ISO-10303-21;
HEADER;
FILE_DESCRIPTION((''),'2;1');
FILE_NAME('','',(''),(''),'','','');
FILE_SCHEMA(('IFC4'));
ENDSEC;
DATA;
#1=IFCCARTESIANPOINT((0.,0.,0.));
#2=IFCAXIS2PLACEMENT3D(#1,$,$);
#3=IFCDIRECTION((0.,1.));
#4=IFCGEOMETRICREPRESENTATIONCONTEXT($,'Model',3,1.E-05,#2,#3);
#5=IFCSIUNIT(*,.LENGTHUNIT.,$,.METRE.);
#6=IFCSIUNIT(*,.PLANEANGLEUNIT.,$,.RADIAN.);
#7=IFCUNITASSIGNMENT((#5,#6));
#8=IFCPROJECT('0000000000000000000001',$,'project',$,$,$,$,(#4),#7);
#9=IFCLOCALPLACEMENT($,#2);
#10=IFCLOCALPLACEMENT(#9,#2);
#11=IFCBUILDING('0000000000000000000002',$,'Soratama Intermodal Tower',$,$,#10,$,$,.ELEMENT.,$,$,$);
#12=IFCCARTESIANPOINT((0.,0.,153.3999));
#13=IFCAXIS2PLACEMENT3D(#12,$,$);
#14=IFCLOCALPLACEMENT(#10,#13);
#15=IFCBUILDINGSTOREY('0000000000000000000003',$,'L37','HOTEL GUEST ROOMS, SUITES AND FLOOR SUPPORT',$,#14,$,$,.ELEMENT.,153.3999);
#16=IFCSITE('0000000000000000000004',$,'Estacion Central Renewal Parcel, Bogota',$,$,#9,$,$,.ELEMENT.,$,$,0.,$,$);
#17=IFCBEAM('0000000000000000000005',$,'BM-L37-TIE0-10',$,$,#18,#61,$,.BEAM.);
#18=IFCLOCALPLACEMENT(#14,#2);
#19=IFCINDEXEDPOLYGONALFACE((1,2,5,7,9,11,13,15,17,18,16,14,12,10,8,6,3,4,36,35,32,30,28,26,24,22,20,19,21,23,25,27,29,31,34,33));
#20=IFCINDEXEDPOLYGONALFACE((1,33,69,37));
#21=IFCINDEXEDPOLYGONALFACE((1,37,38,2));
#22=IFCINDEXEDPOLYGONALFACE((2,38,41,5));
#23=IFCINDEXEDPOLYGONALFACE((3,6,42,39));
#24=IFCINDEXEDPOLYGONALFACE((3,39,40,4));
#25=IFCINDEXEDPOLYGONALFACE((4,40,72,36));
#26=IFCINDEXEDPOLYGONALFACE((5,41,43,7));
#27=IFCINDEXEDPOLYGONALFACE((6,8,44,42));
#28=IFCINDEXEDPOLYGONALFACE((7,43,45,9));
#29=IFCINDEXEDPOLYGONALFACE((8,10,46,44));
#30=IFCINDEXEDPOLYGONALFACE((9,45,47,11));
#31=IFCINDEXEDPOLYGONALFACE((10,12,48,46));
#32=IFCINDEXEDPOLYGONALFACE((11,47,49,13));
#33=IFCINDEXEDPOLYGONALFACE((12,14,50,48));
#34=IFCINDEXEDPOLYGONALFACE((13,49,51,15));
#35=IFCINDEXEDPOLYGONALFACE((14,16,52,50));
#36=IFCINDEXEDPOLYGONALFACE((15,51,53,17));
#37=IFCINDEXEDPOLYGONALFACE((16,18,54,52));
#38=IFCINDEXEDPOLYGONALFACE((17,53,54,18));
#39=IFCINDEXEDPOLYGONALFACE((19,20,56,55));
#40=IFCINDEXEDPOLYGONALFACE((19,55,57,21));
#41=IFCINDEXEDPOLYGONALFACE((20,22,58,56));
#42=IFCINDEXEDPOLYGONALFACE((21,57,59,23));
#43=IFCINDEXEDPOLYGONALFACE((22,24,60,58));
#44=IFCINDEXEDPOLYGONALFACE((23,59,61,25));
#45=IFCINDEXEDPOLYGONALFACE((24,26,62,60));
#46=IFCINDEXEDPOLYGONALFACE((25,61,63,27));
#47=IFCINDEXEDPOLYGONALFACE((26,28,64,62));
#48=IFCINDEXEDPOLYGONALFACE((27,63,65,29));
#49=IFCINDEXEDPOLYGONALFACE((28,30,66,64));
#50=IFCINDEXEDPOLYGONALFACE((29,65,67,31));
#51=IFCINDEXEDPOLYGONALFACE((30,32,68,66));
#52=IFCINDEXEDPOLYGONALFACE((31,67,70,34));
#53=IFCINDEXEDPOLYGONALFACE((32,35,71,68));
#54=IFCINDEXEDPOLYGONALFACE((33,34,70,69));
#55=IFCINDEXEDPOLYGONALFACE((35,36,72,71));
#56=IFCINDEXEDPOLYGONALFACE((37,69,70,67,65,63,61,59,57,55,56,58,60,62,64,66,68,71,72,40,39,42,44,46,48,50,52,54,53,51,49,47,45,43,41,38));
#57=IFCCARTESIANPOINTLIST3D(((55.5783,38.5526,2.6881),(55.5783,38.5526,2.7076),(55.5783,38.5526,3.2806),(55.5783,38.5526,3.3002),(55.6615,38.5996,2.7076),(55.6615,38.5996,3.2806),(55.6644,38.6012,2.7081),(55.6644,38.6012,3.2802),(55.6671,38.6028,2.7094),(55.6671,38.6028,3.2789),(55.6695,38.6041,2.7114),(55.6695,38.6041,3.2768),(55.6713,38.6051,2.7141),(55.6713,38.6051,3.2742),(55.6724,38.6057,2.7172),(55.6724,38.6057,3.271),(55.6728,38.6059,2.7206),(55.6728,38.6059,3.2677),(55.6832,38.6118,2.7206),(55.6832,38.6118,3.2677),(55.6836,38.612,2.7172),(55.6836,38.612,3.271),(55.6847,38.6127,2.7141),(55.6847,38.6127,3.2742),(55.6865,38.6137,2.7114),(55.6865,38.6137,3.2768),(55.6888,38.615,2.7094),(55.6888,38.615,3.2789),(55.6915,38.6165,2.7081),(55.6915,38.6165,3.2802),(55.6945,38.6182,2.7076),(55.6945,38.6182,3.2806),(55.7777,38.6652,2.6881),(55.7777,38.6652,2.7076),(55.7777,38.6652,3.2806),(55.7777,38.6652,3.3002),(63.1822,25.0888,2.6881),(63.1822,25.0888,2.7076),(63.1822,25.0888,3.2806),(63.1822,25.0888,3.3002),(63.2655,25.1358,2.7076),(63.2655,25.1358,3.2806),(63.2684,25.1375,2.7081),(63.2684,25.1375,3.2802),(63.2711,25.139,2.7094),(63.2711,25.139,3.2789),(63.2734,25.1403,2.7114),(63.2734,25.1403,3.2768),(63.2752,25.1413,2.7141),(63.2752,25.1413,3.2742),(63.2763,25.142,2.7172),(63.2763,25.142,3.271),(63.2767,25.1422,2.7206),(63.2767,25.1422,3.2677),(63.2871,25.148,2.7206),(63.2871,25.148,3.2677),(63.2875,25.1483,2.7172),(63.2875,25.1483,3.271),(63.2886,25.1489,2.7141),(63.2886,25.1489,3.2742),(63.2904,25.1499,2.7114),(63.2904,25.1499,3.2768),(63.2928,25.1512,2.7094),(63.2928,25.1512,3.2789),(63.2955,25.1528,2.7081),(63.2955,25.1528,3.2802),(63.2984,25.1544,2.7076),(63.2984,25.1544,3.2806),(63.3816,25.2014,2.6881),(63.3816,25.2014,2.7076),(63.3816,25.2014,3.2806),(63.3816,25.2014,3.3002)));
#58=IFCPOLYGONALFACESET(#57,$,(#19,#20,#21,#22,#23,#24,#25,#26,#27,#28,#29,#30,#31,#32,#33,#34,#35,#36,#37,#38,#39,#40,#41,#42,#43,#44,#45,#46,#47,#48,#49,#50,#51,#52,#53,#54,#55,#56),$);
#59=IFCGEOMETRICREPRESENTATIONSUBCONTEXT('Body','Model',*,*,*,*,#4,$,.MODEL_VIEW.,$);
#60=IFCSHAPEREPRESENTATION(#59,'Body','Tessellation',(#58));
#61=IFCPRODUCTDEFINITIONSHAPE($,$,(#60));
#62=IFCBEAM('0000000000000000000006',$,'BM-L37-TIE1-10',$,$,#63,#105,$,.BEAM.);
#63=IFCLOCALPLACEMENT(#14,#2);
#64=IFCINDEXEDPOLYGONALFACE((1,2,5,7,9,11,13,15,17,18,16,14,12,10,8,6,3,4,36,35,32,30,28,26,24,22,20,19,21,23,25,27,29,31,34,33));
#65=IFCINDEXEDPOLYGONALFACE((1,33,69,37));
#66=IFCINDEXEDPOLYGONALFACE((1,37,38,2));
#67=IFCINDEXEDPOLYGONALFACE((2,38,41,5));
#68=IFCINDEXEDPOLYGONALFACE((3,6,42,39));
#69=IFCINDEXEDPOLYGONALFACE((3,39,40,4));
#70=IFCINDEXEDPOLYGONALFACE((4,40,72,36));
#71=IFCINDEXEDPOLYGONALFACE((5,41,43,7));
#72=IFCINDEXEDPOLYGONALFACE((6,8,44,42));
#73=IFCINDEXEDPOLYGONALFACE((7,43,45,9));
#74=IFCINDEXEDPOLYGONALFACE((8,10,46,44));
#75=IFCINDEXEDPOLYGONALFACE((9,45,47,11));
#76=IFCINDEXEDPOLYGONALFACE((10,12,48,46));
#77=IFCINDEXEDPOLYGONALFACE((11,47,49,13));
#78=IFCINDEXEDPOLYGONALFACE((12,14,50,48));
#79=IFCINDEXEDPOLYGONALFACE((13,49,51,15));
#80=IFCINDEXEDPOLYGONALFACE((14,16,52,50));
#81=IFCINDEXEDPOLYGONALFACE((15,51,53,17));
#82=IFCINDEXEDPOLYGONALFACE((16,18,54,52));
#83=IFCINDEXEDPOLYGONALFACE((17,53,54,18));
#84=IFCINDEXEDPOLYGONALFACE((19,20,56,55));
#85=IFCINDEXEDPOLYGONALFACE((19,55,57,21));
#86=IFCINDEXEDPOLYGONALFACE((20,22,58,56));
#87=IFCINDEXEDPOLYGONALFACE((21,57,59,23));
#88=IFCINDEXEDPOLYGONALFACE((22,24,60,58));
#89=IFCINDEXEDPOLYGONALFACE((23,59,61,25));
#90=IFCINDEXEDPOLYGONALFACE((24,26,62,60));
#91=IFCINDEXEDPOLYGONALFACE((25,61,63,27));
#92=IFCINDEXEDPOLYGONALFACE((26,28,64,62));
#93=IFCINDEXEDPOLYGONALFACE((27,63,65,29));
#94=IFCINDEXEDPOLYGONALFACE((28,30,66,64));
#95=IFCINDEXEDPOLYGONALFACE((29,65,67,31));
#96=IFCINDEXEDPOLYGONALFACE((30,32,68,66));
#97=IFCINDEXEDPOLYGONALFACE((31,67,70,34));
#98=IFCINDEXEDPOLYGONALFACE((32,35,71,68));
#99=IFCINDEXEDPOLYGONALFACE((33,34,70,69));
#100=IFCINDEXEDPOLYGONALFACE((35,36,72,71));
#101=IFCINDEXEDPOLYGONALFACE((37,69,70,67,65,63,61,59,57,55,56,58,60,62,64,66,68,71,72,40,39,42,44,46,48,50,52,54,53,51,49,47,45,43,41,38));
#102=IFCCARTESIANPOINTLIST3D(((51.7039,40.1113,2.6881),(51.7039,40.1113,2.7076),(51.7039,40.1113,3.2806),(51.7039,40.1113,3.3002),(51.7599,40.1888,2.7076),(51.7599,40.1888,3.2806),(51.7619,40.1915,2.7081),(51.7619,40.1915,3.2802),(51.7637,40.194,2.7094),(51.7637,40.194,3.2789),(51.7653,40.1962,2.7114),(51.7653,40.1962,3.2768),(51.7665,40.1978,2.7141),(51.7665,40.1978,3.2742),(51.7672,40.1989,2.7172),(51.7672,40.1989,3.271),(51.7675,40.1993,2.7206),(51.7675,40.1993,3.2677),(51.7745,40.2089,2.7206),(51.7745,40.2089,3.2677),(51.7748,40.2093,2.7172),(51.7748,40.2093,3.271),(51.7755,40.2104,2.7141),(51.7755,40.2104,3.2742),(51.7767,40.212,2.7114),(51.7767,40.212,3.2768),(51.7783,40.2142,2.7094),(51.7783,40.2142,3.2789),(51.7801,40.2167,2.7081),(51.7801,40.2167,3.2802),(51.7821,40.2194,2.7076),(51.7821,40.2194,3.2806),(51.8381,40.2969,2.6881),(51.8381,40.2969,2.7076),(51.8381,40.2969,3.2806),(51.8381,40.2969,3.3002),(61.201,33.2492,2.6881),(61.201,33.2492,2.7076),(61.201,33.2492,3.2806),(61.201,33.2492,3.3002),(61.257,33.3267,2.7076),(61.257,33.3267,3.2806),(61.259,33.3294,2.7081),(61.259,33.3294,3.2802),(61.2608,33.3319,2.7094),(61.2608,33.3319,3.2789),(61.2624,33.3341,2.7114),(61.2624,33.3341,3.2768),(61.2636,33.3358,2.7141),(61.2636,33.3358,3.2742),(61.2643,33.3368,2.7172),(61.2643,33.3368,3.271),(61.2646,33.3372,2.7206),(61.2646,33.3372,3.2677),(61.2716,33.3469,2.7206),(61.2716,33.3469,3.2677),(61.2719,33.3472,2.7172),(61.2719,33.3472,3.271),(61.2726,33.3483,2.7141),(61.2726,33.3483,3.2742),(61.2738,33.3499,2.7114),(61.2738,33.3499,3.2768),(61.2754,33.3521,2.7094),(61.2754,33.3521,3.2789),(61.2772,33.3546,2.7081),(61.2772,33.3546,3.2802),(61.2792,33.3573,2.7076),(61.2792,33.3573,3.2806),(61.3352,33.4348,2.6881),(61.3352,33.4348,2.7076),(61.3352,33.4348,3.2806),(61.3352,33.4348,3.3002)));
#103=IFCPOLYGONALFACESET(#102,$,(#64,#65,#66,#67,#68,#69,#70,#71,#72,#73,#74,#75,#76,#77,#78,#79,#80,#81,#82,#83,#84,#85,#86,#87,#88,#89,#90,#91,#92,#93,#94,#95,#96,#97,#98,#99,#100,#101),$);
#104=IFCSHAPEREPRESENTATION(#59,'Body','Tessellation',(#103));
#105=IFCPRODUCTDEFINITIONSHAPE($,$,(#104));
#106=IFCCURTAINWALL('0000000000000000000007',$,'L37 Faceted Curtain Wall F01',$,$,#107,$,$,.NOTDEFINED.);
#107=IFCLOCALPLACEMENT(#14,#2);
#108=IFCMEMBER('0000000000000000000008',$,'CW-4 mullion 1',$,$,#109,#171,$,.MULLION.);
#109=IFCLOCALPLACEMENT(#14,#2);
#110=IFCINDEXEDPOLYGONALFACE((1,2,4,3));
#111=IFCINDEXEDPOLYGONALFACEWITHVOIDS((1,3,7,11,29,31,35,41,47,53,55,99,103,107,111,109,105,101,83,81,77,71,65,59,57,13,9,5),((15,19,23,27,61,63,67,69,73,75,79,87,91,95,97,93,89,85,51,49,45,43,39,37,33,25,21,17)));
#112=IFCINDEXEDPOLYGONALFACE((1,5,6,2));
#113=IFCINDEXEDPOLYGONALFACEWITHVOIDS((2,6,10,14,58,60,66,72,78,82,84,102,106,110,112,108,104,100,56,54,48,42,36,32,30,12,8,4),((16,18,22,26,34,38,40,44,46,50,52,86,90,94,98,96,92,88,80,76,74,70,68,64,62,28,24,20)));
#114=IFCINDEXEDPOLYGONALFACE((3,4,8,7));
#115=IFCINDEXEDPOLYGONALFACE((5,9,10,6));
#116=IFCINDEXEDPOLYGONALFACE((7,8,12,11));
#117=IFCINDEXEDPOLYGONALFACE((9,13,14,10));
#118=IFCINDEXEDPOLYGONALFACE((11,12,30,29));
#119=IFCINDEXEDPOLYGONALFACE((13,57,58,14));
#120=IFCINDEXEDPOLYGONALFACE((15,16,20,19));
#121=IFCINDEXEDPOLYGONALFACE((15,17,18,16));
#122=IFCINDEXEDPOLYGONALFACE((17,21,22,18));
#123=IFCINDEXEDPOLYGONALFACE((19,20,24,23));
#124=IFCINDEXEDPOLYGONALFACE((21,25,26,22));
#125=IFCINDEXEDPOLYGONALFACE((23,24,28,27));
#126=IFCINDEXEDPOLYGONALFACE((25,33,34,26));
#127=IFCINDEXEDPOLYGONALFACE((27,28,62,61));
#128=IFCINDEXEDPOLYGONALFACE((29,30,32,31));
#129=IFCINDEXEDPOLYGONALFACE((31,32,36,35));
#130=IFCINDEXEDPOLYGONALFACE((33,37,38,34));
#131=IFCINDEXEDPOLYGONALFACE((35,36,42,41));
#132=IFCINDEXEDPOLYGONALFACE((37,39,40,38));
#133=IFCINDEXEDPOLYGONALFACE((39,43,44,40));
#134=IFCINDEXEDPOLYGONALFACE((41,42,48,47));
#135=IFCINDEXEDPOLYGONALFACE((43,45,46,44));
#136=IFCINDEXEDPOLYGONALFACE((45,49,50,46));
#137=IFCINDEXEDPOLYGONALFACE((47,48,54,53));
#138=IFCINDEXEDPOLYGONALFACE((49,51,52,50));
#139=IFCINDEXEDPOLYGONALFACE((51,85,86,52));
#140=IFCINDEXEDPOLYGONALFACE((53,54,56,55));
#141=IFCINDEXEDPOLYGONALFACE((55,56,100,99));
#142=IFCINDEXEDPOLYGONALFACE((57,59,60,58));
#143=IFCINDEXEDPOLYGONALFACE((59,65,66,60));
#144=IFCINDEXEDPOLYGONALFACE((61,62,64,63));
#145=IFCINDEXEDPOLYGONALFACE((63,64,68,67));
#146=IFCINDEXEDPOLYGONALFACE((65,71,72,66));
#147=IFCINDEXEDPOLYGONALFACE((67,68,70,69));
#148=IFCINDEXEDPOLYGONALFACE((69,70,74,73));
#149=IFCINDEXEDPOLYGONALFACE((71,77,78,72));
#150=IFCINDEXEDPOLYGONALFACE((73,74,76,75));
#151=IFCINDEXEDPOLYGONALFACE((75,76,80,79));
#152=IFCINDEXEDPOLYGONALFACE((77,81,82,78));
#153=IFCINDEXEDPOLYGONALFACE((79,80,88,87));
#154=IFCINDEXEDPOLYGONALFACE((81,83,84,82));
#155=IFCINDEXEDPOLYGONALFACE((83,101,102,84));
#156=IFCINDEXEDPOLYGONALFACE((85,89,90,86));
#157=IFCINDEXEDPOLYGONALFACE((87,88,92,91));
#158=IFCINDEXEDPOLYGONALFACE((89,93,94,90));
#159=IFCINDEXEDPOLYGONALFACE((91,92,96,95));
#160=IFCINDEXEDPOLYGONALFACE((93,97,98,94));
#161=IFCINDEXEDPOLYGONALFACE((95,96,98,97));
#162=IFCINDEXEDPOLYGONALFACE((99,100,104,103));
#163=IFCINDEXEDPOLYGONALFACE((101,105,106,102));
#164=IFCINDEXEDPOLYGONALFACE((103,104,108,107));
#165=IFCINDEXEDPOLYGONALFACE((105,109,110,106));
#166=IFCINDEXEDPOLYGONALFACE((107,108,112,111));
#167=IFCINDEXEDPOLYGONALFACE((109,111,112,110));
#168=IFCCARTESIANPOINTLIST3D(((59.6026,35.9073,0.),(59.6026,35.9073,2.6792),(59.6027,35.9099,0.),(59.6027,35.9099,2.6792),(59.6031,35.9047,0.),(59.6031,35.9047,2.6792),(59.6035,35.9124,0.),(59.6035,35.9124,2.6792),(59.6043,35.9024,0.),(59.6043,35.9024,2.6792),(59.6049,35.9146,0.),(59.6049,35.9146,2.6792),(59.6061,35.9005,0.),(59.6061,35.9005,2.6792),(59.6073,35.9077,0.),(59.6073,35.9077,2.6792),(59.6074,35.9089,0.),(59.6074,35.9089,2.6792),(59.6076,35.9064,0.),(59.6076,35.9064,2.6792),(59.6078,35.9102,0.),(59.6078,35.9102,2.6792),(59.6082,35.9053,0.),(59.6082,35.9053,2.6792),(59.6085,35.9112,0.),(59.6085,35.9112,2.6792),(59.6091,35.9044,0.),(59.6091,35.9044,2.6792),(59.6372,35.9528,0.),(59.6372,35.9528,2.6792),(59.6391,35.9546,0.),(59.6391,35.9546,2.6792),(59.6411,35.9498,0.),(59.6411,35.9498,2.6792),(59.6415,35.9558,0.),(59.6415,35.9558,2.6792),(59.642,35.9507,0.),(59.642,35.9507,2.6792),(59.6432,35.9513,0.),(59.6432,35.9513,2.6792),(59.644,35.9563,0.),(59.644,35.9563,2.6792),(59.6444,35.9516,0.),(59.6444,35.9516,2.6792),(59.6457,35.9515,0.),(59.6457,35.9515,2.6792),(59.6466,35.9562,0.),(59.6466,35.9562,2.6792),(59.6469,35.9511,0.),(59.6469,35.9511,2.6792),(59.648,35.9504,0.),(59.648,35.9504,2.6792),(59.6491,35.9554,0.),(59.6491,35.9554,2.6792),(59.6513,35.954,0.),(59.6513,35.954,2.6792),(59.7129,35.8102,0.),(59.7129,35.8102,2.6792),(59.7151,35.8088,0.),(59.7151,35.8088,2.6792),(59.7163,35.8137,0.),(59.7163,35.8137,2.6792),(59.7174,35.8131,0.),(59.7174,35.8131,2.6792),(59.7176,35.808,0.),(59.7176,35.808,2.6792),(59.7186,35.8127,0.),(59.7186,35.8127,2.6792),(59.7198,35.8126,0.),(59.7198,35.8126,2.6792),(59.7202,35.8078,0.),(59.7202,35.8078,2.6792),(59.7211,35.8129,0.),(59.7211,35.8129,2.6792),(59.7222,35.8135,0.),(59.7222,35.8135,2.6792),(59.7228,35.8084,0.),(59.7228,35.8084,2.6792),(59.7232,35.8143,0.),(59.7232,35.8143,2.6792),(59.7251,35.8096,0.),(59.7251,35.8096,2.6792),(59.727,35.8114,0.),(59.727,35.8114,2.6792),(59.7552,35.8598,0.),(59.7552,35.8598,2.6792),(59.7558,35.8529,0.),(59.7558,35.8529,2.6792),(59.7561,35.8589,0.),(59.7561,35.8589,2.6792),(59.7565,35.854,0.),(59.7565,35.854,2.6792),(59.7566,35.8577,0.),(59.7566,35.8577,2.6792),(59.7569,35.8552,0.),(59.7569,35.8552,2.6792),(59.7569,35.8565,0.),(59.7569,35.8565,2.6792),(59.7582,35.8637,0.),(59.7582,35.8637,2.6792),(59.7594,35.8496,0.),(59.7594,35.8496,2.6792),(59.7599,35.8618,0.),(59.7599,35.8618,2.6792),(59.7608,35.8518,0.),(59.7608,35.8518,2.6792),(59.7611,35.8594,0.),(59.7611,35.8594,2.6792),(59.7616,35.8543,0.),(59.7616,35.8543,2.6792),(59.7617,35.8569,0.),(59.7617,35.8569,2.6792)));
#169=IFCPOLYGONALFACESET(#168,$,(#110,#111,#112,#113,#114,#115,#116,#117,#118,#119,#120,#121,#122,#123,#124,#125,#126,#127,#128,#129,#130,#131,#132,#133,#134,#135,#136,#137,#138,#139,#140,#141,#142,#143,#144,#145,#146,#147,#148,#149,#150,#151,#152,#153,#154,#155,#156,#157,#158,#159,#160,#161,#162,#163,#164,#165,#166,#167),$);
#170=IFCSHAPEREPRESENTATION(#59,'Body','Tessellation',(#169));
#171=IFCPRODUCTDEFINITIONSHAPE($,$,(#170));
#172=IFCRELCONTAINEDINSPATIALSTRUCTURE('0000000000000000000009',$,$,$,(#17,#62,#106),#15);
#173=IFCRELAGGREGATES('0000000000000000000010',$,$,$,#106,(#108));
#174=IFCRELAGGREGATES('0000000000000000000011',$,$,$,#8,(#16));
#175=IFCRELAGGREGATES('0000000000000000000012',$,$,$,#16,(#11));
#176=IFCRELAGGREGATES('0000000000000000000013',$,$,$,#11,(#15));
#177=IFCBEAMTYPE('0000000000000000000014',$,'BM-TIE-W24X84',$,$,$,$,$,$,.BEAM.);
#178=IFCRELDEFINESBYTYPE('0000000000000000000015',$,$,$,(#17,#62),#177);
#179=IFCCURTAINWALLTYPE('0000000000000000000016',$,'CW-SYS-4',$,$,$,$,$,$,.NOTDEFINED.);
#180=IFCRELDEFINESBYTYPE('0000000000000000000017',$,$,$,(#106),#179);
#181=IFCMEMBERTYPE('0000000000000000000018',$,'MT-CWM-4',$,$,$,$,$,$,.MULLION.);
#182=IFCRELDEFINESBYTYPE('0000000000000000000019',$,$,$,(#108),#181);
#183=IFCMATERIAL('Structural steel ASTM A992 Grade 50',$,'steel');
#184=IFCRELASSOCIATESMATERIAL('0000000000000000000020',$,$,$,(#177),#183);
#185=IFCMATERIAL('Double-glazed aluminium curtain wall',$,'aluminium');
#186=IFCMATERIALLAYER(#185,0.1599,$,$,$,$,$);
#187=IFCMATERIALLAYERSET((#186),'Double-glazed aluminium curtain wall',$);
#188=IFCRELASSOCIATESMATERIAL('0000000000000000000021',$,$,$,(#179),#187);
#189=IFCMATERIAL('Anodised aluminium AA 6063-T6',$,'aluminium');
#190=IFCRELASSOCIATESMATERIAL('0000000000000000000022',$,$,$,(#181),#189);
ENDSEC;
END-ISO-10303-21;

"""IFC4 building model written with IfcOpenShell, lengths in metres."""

from ifc_helpers import new_model, si_unit, direction, frame, origin, origin_2d, place, context, subcontext, project, spatial, hollow_rectangle, i_section, extrude, material, layer, layer_set, material_profile, profile_set, type_object, element, aggregate, save


model = new_model("IFC4")

# Units and contexts
model_context = context("Model", 3, precision=1e-05, world=origin(), true_north=direction((0.0, 1.0)))
body_context = subcontext(model_context, "Body", "Model", "MODEL_VIEW")
ifc_project = project(units=[si_unit("LENGTHUNIT", "METRE"), si_unit("PLANEANGLEUNIT", "RADIAN")], contexts=[model_context])

# Site, building, storey
site_placement = place(None, origin())
site = spatial("IfcSite", under=ifc_project, at=site_placement, Name="Estacion Central Renewal Parcel, Bogota", CompositionType="ELEMENT", RefElevation=0.0)
building_placement = place(site_placement, origin())
building = spatial("IfcBuilding", under=site, at=building_placement, Name="Soratama Intermodal Tower", CompositionType="ELEMENT")
storey_placement = place(building_placement, frame((0.0, 0.0, 153.3999)))
storey = spatial("IfcBuildingStorey", under=building, at=storey_placement, Name="L37", Description="HOTEL GUEST ROOMS, SUITES AND FLOOR SUPPORT", CompositionType="ELEMENT", Elevation=153.3999)

# Beams
ifc_material_1 = material(Name="Structural steel ASTM A992 Grade 50", Category="steel")
ifc_material_profile_1 = material_profile(ifc_material_1, i_section(OverallWidth=0.229, OverallDepth=0.6121, WebThickness=0.012, FlangeThickness=0.0195, FilletRadius=0.0129, at=origin_2d()), Name="W24X84")
ifc_profile_set_1 = profile_set([ifc_material_profile_1], Name="Structural steel ASTM A992 Grade 50")
beam_type_1 = type_object("IfcBeamType", Name="BM-TIE-W24X84", PredefinedType="BEAM", material=ifc_profile_set_1)
beam_1_placement = place(storey_placement, frame((55.678, 38.6089, 2.9941), z_axis=(0.491763, -0.870729, 0.0), x_axis=(0.870729, 0.491763, 0.0)))
element("IfcBeam", 1, at=beam_1_placement, inside=storey, type_object=beam_type_1, Name="BM-L37-TIE0-10", PredefinedType="BEAM", context=body_context, shape_type="SweptSolid", body=[
    extrude(i_section(OverallWidth=0.229, OverallDepth=0.6121, WebThickness=0.012, FlangeThickness=0.0195, FilletRadius=0.0129, at=origin_2d()), origin(), (0.0, 0.0, 1.0), 15.4626),
])
beam_2_placement = place(storey_placement, frame((51.771, 40.2041, 2.9941), z_axis=(0.810555, -0.585662, 0.0), x_axis=(0.585662, 0.810555, 0.0)))
element("IfcBeam", 2, at=beam_2_placement, inside=storey, type_object=beam_type_1, Name="BM-L37-TIE1-10", PredefinedType="BEAM", context=body_context, shape_type="SweptSolid", body=[
    extrude(i_section(OverallWidth=0.229, OverallDepth=0.6121, WebThickness=0.012, FlangeThickness=0.0195, FilletRadius=0.0129, at=origin_2d()), origin(), (0.0, 0.0, 1.0), 11.7168),
])

# Curtain wall, member
ifc_material_2 = material(Name="Double-glazed aluminium curtain wall", Category="aluminium")
ifc_layer_1 = layer(ifc_material_2, 0.1599)
ifc_layer_set_1 = layer_set([ifc_layer_1], Name="Double-glazed aluminium curtain wall")
curtain_wall_type = type_object("IfcCurtainWallType", Name="CW-SYS-4", PredefinedType="NOTDEFINED", material=ifc_layer_set_1)
curtain_wall_placement = place(storey_placement, origin())
curtain_wall = element("IfcCurtainWall", 3, at=curtain_wall_placement, inside=storey, type_object=curtain_wall_type, Name="L37 Faceted Curtain Wall F01", PredefinedType="NOTDEFINED")
ifc_material_3 = material(Name="Anodised aluminium AA 6063-T6", Category="aluminium")
ifc_material_profile_2 = material_profile(ifc_material_3, hollow_rectangle(XDim=0.0701, YDim=0.1599, WallThickness=0.0049, InnerFilletRadius=0.0049, OuterFilletRadius=0.01, at=origin_2d()), Name="CWM160X70X5")
ifc_profile_set_2 = profile_set([ifc_material_profile_2], Name="Anodised aluminium AA 6063-T6")
member_type_1 = type_object("IfcMemberType", Name="MT-CWM-4", PredefinedType="MULLION", material=ifc_profile_set_2)
member_1_placement = place(storey_placement, frame((59.6821, 35.8821, 0.0), z_axis=(0.0, 0.0, 1.0), x_axis=(-0.645453, -0.7638, 0.0)))
member_1 = element("IfcMember", 4, at=member_1_placement, type_object=member_type_1, Name="CW-4 mullion 1", PredefinedType="MULLION", context=body_context, shape_type="SweptSolid", body=[
    extrude(hollow_rectangle(XDim=0.0701, YDim=0.1599, WallThickness=0.0049, InnerFilletRadius=0.0049, OuterFilletRadius=0.01, at=origin_2d()), origin(), (0.0, 0.0, 1.0), 2.6792),
])
aggregate(curtain_wall, [member_1])

save(model, "model.ifc")
